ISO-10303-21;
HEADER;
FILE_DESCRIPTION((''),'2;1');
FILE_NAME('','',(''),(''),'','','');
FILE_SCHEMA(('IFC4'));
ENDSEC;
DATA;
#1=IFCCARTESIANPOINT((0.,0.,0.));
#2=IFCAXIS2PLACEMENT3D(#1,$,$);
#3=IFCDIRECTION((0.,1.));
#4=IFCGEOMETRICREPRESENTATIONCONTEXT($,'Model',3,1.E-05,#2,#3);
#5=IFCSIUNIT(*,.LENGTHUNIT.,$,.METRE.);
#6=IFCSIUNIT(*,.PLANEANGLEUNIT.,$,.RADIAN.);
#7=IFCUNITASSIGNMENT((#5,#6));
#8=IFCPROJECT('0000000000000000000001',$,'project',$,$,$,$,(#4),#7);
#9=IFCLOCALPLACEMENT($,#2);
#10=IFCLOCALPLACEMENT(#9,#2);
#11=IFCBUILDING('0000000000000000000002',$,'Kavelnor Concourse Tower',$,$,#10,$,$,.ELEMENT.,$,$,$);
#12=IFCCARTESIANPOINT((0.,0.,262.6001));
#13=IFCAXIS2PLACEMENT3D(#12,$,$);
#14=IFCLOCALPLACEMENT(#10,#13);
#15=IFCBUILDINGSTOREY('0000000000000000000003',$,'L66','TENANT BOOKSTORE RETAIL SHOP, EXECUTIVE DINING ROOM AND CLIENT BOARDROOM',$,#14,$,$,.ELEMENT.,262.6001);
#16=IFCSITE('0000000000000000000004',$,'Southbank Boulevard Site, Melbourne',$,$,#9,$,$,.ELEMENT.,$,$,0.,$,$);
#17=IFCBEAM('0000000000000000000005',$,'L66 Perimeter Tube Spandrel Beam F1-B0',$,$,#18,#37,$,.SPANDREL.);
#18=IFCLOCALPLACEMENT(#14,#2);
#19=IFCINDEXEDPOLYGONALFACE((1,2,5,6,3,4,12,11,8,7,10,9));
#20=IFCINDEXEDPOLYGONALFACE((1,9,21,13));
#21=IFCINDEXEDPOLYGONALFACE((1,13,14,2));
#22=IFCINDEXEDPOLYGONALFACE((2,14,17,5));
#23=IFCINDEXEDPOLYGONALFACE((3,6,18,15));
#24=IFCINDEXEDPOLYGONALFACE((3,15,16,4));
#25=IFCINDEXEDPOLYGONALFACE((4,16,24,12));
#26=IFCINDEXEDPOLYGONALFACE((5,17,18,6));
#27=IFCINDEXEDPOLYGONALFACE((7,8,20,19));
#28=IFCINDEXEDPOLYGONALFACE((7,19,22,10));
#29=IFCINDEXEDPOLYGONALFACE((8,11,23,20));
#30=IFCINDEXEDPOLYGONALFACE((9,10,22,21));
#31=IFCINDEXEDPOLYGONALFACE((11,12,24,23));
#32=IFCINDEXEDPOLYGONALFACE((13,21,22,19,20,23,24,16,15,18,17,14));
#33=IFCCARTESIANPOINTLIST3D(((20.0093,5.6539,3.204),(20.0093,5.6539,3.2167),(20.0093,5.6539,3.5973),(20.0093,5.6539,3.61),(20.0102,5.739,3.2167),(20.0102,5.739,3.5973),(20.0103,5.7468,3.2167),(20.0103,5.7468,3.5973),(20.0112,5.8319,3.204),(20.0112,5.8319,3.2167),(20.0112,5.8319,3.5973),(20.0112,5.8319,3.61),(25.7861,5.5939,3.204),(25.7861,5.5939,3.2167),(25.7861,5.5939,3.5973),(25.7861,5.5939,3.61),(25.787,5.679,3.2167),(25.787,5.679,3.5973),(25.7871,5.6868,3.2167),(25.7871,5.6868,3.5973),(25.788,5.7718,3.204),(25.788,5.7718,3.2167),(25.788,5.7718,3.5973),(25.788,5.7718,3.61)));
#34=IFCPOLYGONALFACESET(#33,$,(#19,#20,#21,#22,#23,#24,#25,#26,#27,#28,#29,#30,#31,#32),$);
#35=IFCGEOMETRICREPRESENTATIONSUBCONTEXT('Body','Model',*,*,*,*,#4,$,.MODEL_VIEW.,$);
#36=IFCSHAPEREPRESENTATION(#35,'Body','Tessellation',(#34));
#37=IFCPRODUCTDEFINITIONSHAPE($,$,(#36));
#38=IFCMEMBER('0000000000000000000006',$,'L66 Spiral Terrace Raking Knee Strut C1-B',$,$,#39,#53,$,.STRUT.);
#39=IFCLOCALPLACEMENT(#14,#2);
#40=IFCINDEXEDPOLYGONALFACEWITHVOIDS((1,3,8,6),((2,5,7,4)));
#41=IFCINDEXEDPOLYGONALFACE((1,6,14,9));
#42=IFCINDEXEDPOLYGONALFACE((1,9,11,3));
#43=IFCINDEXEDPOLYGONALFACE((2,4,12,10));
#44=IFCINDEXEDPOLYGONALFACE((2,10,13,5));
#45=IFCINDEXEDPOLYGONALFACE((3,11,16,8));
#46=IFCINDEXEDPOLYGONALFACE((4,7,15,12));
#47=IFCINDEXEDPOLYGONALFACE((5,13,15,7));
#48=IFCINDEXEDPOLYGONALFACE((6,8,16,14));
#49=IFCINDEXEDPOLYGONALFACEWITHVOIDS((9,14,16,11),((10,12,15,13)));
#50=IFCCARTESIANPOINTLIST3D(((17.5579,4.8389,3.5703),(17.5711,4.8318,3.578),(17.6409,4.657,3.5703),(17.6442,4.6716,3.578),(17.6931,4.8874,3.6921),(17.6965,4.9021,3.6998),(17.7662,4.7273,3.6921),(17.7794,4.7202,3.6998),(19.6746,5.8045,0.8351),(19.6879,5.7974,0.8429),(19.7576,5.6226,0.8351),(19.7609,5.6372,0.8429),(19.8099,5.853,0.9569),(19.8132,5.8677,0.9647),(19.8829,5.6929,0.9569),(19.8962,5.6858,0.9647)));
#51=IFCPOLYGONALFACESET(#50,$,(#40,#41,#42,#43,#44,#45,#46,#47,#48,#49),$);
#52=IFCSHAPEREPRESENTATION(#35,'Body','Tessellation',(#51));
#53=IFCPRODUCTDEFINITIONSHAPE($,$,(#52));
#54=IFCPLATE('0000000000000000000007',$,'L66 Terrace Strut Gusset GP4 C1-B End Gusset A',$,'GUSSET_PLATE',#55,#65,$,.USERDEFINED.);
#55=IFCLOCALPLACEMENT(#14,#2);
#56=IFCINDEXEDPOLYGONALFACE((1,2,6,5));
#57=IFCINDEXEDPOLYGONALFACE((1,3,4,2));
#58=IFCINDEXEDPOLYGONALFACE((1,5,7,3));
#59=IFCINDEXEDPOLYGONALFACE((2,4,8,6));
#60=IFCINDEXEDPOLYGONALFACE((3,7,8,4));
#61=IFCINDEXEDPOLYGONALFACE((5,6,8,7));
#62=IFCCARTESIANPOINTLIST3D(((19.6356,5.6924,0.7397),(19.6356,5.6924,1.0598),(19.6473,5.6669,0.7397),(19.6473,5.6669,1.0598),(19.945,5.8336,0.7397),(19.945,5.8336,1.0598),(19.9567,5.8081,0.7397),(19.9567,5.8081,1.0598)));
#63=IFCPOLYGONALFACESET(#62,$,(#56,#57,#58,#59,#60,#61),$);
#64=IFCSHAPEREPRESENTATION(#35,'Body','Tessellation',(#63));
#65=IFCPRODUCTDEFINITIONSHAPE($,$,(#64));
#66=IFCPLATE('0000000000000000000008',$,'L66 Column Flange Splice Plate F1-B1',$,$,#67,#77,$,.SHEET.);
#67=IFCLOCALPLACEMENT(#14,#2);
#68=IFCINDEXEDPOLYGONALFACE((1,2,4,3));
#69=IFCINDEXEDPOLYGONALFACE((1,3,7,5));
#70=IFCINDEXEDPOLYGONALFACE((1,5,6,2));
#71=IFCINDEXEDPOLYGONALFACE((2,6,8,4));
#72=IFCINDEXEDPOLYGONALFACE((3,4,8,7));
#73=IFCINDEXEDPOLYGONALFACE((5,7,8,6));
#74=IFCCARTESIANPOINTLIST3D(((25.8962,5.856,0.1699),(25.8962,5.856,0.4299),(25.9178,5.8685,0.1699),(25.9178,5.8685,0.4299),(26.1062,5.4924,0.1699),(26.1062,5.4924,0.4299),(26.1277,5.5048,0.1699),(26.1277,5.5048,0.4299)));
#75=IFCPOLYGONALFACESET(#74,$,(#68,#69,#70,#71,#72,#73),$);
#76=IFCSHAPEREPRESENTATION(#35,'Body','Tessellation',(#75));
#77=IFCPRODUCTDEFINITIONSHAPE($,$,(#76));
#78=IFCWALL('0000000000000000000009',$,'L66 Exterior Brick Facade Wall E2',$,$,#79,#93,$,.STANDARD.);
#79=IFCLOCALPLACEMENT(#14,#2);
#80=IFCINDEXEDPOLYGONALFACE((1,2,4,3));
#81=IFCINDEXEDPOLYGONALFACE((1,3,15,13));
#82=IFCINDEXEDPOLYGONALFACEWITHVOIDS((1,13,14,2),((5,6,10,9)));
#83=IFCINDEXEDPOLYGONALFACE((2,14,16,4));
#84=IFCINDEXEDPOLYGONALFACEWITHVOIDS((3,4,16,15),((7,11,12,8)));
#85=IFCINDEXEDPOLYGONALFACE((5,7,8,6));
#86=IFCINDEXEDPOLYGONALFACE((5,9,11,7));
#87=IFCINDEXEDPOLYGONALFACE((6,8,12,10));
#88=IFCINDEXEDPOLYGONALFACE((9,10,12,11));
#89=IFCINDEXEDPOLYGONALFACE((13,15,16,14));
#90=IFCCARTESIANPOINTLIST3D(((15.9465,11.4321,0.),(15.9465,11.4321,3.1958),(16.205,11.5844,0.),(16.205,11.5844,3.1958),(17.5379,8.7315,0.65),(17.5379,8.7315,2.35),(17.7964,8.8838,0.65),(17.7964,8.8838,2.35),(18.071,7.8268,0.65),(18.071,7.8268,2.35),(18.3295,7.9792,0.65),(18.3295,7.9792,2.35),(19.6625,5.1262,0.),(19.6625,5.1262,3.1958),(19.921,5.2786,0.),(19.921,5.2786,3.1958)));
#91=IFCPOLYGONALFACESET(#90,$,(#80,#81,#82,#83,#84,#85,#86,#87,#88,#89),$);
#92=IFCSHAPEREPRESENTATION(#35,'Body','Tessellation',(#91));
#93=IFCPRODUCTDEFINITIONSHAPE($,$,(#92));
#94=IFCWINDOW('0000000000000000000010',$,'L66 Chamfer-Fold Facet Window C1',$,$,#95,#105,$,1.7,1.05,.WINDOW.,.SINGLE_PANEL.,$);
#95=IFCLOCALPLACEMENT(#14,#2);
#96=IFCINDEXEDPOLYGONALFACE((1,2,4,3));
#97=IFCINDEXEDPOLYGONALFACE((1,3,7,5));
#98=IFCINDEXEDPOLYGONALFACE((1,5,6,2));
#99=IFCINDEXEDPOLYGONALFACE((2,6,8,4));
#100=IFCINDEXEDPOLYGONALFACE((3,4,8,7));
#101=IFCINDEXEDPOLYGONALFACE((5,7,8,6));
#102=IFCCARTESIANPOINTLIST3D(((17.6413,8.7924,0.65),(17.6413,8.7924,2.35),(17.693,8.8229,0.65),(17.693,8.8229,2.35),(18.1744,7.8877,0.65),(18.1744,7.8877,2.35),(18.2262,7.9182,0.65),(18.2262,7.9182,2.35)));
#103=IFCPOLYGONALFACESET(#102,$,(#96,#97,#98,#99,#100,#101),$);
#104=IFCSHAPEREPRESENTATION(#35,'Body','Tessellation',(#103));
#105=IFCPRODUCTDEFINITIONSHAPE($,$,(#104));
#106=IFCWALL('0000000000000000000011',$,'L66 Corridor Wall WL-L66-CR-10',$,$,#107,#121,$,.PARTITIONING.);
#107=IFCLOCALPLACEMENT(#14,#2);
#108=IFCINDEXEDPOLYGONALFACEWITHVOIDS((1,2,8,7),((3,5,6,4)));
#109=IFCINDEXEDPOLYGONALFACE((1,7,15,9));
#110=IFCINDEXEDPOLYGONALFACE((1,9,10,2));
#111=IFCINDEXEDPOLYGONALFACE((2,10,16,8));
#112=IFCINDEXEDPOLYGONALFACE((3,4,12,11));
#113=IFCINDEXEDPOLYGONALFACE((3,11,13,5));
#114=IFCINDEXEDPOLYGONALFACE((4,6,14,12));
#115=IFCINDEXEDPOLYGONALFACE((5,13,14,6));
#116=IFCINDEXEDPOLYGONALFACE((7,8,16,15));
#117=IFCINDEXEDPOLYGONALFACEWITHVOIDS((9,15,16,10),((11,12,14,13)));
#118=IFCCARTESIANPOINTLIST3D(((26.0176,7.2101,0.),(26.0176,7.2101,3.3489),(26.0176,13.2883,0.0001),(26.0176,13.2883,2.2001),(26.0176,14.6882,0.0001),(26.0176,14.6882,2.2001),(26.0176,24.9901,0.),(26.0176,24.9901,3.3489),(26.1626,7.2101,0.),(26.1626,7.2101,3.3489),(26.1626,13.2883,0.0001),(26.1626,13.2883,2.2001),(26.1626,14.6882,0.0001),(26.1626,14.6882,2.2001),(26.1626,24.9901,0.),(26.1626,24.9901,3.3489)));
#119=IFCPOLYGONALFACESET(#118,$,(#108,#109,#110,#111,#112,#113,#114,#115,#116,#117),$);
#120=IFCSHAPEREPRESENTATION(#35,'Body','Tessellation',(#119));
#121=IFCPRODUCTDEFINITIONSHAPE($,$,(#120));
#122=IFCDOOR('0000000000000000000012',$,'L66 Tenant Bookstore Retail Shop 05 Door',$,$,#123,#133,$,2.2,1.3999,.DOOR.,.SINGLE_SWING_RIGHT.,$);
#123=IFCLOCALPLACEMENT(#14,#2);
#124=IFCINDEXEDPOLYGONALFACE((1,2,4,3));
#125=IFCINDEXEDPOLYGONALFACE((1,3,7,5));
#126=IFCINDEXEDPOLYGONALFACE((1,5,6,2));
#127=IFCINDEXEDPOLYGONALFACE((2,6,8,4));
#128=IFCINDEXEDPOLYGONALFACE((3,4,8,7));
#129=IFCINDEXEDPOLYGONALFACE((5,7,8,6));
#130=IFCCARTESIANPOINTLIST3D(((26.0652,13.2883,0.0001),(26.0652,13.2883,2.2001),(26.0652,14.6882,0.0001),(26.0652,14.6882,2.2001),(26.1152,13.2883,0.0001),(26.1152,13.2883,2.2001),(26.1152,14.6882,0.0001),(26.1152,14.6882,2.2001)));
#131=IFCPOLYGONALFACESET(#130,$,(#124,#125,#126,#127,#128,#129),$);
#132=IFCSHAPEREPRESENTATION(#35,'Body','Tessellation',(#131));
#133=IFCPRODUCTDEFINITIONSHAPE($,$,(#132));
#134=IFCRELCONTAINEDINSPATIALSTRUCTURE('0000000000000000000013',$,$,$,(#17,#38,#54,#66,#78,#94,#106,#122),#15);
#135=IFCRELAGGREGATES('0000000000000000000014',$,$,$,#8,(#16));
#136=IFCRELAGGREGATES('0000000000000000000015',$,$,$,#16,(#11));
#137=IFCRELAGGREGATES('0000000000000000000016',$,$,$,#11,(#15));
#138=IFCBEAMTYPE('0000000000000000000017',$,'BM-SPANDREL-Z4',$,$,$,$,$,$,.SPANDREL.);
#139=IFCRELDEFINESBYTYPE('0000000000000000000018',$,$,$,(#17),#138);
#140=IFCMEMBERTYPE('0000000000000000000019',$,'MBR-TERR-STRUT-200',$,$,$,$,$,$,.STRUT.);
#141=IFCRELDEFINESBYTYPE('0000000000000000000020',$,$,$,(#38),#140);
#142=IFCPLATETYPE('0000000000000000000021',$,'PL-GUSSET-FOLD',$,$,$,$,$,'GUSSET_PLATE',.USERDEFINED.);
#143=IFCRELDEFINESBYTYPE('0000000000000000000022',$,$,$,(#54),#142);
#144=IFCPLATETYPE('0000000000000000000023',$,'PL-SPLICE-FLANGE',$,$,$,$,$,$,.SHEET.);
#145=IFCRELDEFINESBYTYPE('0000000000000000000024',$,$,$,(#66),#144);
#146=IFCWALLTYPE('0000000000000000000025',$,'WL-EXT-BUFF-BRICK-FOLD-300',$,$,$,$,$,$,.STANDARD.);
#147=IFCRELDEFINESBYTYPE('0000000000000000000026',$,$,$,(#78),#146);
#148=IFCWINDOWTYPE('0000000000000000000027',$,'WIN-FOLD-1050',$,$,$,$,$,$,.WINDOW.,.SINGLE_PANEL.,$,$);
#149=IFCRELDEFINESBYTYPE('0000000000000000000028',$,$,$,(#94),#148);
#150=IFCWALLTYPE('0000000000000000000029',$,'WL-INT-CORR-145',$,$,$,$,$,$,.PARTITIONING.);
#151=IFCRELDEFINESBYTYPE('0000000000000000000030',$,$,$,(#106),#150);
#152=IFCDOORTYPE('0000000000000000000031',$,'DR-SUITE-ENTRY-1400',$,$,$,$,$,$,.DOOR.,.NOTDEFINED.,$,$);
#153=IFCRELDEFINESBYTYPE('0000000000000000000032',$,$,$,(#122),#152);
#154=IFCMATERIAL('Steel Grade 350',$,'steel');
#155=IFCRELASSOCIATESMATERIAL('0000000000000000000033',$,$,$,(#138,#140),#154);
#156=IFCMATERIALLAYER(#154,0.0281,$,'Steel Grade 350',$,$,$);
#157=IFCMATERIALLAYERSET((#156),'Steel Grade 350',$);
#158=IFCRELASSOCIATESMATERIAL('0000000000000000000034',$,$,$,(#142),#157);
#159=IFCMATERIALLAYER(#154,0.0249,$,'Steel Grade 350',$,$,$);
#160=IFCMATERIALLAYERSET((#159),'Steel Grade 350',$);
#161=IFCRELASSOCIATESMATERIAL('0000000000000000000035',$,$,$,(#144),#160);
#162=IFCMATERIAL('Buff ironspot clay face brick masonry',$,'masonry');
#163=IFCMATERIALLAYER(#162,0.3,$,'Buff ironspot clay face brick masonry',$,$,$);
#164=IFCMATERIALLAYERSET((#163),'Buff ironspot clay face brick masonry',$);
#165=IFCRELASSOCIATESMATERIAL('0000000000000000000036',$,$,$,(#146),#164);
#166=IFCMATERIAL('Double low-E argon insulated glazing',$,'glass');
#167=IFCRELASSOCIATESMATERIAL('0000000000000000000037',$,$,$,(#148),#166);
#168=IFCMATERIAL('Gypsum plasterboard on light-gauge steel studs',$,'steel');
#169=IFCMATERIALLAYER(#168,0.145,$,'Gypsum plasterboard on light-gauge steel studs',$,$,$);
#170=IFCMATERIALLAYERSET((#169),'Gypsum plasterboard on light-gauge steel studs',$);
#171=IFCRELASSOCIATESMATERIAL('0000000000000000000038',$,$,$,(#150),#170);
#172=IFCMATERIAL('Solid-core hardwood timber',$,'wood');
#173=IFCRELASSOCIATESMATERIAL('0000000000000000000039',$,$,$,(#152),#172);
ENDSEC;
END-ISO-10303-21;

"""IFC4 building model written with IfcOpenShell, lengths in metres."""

from ifc_helpers import new_model, si_unit, direction, frame, frame_2d, origin, origin_2d, place, context, subcontext, project, spatial, rectangle, hollow_rectangle, i_section, extrude, material, layer, layer_set, material_profile, profile_set, type_object, element, fill, save


model = new_model("IFC4")

# Units and contexts
model_context = context("Model", 3, precision=1e-05, world=origin(), true_north=direction((0.0, 1.0)))
body_context = subcontext(model_context, "Body", "Model", "MODEL_VIEW")
ifc_project = project(units=[si_unit("LENGTHUNIT", "METRE"), si_unit("PLANEANGLEUNIT", "RADIAN")], contexts=[model_context])

# Site, building, storey
site_placement = place(None, origin())
site = spatial("IfcSite", under=ifc_project, at=site_placement, Name="Southbank Boulevard Site, Melbourne", CompositionType="ELEMENT", RefElevation=0.0)
building_placement = place(site_placement, origin())
building = spatial("IfcBuilding", under=site, at=building_placement, Name="Kavelnor Concourse Tower", CompositionType="ELEMENT")
storey_placement = place(building_placement, frame((0.0, 0.0, 262.6001)))
storey = spatial("IfcBuildingStorey", under=building, at=storey_placement, Name="L66", Description="TENANT BOOKSTORE RETAIL SHOP, EXECUTIVE DINING ROOM AND CLIENT BOARDROOM", CompositionType="ELEMENT", Elevation=262.6001)

# Shared definitions
ifc_material_1 = material(Name="Steel Grade 350", Category="steel")

# Beam
ifc_material_profile_1 = material_profile(ifc_material_1, i_section(OverallWidth=0.178, OverallDepth=0.406, WebThickness=0.0078, FlangeThickness=0.0127, at=origin_2d()), Name="410UB59")
ifc_profile_set_1 = profile_set([ifc_material_profile_1], Name="Steel Grade 350")
beam_type_1 = type_object("IfcBeamType", Name="BM-SPANDREL-Z4", PredefinedType="SPANDREL", material=ifc_profile_set_1)
beam_1_placement = place(storey_placement, frame((20.0103, 5.7429, 3.407), z_axis=(0.999946, -0.010396, 0.0), x_axis=(0.010396, 0.999946, 0.0)))
element("IfcBeam", 1, at=beam_1_placement, inside=storey, type_object=beam_type_1, Name="L66 Perimeter Tube Spandrel Beam F1-B0", PredefinedType="SPANDREL", context=body_context, shape_type="SweptSolid", body=[
    extrude(i_section(OverallWidth=0.178, OverallDepth=0.406, WebThickness=0.0078, FlangeThickness=0.0127, at=origin_2d()), origin(), (0.0, 0.0, 1.0), 5.7771),
])

# Member
ifc_material_profile_2 = material_profile(ifc_material_1, hollow_rectangle(XDim=0.2, YDim=0.2, WallThickness=0.012, at=origin_2d()), Name="SHS 200x200x12")
ifc_profile_set_2 = profile_set([ifc_material_profile_2], Name="Steel Grade 350")
member_type = type_object("IfcMemberType", Name="MBR-TERR-STRUT-200", PredefinedType="STRUT", material=ifc_profile_set_2)
member_placement = place(storey_placement, frame((19.7854, 5.7451, 0.8999), z_axis=(-0.589485, -0.268906, 0.761707), x_axis=(0.415028, -0.909809, 0.0)))
element("IfcMember", 2, at=member_placement, inside=storey, type_object=member_type, Name="L66 Spiral Terrace Raking Knee Strut C1-B", PredefinedType="STRUT", context=body_context, shape_type="SweptSolid", body=[
    extrude(hollow_rectangle(XDim=0.2, YDim=0.2, WallThickness=0.012, at=origin_2d()), origin(), (0.0, 0.0, 1.0), 3.5908),
])

# Plates
ifc_layer_1 = layer(ifc_material_1, 0.0281, Name="Steel Grade 350")
ifc_layer_set_1 = layer_set([ifc_layer_1], Name="Steel Grade 350")
plate_type_1 = type_object("IfcPlateType", Name="PL-GUSSET-FOLD", ElementType="GUSSET_PLATE", PredefinedType="USERDEFINED", material=ifc_layer_set_1)
plate_1_placement = place(storey_placement, frame((19.7961, 5.7502, 0.7397), z_axis=(0.0, 0.0, 1.0), x_axis=(-0.909744, -0.41517, 0.0)))
element("IfcPlate", 3, at=plate_1_placement, inside=storey, type_object=plate_type_1, Name="L66 Terrace Strut Gusset GP4 C1-B End Gusset A", ObjectType="GUSSET_PLATE", PredefinedType="USERDEFINED", context=body_context, shape_type="SweptSolid", body=[
    extrude(rectangle(XDim=0.3401, YDim=0.0281, at=origin_2d()), origin(), (0.0, 0.0, 1.0), 0.3201),
])
ifc_layer_2 = layer(ifc_material_1, 0.0249, Name="Steel Grade 350")
ifc_layer_set_2 = layer_set([ifc_layer_2], Name="Steel Grade 350")
plate_type_2 = type_object("IfcPlateType", Name="PL-SPLICE-FLANGE", PredefinedType="SHEET", material=ifc_layer_set_2)
plate_2_placement = place(storey_placement, frame((26.012, 5.6804, 0.1699), z_axis=(0.0, 0.0, 1.0), x_axis=(-0.5, 0.866025, 0.0)))
element("IfcPlate", 4, at=plate_2_placement, inside=storey, type_object=plate_type_2, Name="L66 Column Flange Splice Plate F1-B1", PredefinedType="SHEET", context=body_context, shape_type="SweptSolid", body=[
    extrude(rectangle(XDim=0.4199, YDim=0.0249, at=origin_2d()), origin(), (0.0, 0.0, 1.0), 0.26),
])

# Wall, opening, window
ifc_material_2 = material(Name="Buff ironspot clay face brick masonry", Category="masonry")
ifc_layer_3 = layer(ifc_material_2, 0.3, Name="Buff ironspot clay face brick masonry")
ifc_layer_set_3 = layer_set([ifc_layer_3], Name="Buff ironspot clay face brick masonry")
wall_type_1 = type_object("IfcWallType", Name="WL-EXT-BUFF-BRICK-FOLD-300", PredefinedType="STANDARD", material=ifc_layer_set_3)
wall_1_placement = place(storey_placement, frame((19.7917, 5.2024, 0.0), z_axis=(0.0, 0.0, 1.0), x_axis=(-0.507701, 0.861534, 0.0)))
wall_1 = element("IfcWall", 5, at=wall_1_placement, inside=storey, type_object=wall_type_1, Name="L66 Exterior Brick Facade Wall E2", PredefinedType="STANDARD", context=body_context, shape_type="SweptSolid", body=[
    extrude(rectangle(XDim=7.3193, YDim=0.3, at=frame_2d((3.6597, 0.0))), origin(), (0.0, 0.0, 1.0), 3.1958),
])
opening_1_placement = place(wall_1_placement, frame((3.1348, 0.0, 0.6499)))
opening_1 = element("IfcOpeningElement", 6, at=opening_1_placement, cuts=wall_1, PredefinedType="OPENING", context=body_context, shape_type="SweptSolid", body=[
    extrude(rectangle(XDim=1.05, YDim=1.7, at=frame_2d((0.5249, 0.8501))), frame((0.0, 0.1602, 0.0), z_axis=(0.0, -1.0, 0.0), x_axis=(1.0, 0.0, 0.0)), (0.0, 0.0, 1.0), 0.3201),
])
ifc_material_3 = material(Name="Double low-E argon insulated glazing", Category="glass")
window_type = type_object("IfcWindowType", Name="WIN-FOLD-1050", PartitioningType="SINGLE_PANEL", PredefinedType="WINDOW", material=ifc_material_3)
window_placement = place(opening_1_placement, origin())
window = element("IfcWindow", 7, at=window_placement, inside=storey, type_object=window_type, Name="L66 Chamfer-Fold Facet Window C1", OverallHeight=1.7, OverallWidth=1.05, PartitioningType="SINGLE_PANEL", PredefinedType="WINDOW", context=body_context, shape_type="SweptSolid", body=[
    extrude(rectangle(XDim=1.05, YDim=1.7, at=frame_2d((0.5249, 0.8501))), frame((0.0, 0.03, 0.0), z_axis=(0.0, -1.0, 0.0), x_axis=(1.0, 0.0, 0.0)), (0.0, 0.0, 1.0), 0.0601),
])
fill(opening_1, window)

# Wall, opening, door
ifc_material_4 = material(Name="Gypsum plasterboard on light-gauge steel studs", Category="steel")
ifc_layer_4 = layer(ifc_material_4, 0.145, Name="Gypsum plasterboard on light-gauge steel studs")
ifc_layer_set_4 = layer_set([ifc_layer_4], Name="Gypsum plasterboard on light-gauge steel studs")
wall_type_2 = type_object("IfcWallType", Name="WL-INT-CORR-145", PredefinedType="PARTITIONING", material=ifc_layer_set_4)
wall_2_placement = place(storey_placement, frame((26.0901, 7.21, 0.0), z_axis=(0.0, 0.0, 1.0), x_axis=(0.0, 1.0, 0.0)))
wall_2 = element("IfcWall", 8, at=wall_2_placement, inside=storey, type_object=wall_type_2, Name="L66 Corridor Wall WL-L66-CR-10", PredefinedType="PARTITIONING", context=body_context, shape_type="SweptSolid", body=[
    extrude(rectangle(XDim=17.78, YDim=0.145, at=frame_2d((8.8901, 0.0))), origin(), (0.0, 0.0, 1.0), 3.3489),
])
opening_2_placement = place(wall_2_placement, frame((6.0784, 0.0, 0.0)))
opening_2 = element("IfcOpeningElement", 9, at=opening_2_placement, cuts=wall_2, PredefinedType="OPENING", context=body_context, shape_type="SweptSolid", body=[
    extrude(rectangle(XDim=1.3999, YDim=2.2, at=frame_2d((0.7, 1.1001))), frame((0.0, 0.0825, 0.0), z_axis=(0.0, -1.0, 0.0), x_axis=(1.0, 0.0, 0.0)), (0.0, 0.0, 1.0), 0.165),
])
ifc_material_5 = material(Name="Solid-core hardwood timber", Category="wood")
door_type = type_object("IfcDoorType", Name="DR-SUITE-ENTRY-1400", OperationType="NOTDEFINED", PredefinedType="DOOR", material=ifc_material_5)
door_placement = place(opening_2_placement, origin())
door = element("IfcDoor", 10, at=door_placement, inside=storey, type_object=door_type, Name="L66 Tenant Bookstore Retail Shop 05 Door", OperationType="SINGLE_SWING_RIGHT", OverallHeight=2.2, OverallWidth=1.3999, PredefinedType="DOOR", context=body_context, shape_type="SweptSolid", body=[
    extrude(rectangle(XDim=1.3999, YDim=2.2, at=frame_2d((0.7, 1.1001))), frame((0.0, 0.0249, 0.0), z_axis=(0.0, -1.0, 0.0), x_axis=(1.0, 0.0, 0.0)), (0.0, 0.0, 1.0), 0.05),
])
fill(opening_2, door)

save(model, "model.ifc")
